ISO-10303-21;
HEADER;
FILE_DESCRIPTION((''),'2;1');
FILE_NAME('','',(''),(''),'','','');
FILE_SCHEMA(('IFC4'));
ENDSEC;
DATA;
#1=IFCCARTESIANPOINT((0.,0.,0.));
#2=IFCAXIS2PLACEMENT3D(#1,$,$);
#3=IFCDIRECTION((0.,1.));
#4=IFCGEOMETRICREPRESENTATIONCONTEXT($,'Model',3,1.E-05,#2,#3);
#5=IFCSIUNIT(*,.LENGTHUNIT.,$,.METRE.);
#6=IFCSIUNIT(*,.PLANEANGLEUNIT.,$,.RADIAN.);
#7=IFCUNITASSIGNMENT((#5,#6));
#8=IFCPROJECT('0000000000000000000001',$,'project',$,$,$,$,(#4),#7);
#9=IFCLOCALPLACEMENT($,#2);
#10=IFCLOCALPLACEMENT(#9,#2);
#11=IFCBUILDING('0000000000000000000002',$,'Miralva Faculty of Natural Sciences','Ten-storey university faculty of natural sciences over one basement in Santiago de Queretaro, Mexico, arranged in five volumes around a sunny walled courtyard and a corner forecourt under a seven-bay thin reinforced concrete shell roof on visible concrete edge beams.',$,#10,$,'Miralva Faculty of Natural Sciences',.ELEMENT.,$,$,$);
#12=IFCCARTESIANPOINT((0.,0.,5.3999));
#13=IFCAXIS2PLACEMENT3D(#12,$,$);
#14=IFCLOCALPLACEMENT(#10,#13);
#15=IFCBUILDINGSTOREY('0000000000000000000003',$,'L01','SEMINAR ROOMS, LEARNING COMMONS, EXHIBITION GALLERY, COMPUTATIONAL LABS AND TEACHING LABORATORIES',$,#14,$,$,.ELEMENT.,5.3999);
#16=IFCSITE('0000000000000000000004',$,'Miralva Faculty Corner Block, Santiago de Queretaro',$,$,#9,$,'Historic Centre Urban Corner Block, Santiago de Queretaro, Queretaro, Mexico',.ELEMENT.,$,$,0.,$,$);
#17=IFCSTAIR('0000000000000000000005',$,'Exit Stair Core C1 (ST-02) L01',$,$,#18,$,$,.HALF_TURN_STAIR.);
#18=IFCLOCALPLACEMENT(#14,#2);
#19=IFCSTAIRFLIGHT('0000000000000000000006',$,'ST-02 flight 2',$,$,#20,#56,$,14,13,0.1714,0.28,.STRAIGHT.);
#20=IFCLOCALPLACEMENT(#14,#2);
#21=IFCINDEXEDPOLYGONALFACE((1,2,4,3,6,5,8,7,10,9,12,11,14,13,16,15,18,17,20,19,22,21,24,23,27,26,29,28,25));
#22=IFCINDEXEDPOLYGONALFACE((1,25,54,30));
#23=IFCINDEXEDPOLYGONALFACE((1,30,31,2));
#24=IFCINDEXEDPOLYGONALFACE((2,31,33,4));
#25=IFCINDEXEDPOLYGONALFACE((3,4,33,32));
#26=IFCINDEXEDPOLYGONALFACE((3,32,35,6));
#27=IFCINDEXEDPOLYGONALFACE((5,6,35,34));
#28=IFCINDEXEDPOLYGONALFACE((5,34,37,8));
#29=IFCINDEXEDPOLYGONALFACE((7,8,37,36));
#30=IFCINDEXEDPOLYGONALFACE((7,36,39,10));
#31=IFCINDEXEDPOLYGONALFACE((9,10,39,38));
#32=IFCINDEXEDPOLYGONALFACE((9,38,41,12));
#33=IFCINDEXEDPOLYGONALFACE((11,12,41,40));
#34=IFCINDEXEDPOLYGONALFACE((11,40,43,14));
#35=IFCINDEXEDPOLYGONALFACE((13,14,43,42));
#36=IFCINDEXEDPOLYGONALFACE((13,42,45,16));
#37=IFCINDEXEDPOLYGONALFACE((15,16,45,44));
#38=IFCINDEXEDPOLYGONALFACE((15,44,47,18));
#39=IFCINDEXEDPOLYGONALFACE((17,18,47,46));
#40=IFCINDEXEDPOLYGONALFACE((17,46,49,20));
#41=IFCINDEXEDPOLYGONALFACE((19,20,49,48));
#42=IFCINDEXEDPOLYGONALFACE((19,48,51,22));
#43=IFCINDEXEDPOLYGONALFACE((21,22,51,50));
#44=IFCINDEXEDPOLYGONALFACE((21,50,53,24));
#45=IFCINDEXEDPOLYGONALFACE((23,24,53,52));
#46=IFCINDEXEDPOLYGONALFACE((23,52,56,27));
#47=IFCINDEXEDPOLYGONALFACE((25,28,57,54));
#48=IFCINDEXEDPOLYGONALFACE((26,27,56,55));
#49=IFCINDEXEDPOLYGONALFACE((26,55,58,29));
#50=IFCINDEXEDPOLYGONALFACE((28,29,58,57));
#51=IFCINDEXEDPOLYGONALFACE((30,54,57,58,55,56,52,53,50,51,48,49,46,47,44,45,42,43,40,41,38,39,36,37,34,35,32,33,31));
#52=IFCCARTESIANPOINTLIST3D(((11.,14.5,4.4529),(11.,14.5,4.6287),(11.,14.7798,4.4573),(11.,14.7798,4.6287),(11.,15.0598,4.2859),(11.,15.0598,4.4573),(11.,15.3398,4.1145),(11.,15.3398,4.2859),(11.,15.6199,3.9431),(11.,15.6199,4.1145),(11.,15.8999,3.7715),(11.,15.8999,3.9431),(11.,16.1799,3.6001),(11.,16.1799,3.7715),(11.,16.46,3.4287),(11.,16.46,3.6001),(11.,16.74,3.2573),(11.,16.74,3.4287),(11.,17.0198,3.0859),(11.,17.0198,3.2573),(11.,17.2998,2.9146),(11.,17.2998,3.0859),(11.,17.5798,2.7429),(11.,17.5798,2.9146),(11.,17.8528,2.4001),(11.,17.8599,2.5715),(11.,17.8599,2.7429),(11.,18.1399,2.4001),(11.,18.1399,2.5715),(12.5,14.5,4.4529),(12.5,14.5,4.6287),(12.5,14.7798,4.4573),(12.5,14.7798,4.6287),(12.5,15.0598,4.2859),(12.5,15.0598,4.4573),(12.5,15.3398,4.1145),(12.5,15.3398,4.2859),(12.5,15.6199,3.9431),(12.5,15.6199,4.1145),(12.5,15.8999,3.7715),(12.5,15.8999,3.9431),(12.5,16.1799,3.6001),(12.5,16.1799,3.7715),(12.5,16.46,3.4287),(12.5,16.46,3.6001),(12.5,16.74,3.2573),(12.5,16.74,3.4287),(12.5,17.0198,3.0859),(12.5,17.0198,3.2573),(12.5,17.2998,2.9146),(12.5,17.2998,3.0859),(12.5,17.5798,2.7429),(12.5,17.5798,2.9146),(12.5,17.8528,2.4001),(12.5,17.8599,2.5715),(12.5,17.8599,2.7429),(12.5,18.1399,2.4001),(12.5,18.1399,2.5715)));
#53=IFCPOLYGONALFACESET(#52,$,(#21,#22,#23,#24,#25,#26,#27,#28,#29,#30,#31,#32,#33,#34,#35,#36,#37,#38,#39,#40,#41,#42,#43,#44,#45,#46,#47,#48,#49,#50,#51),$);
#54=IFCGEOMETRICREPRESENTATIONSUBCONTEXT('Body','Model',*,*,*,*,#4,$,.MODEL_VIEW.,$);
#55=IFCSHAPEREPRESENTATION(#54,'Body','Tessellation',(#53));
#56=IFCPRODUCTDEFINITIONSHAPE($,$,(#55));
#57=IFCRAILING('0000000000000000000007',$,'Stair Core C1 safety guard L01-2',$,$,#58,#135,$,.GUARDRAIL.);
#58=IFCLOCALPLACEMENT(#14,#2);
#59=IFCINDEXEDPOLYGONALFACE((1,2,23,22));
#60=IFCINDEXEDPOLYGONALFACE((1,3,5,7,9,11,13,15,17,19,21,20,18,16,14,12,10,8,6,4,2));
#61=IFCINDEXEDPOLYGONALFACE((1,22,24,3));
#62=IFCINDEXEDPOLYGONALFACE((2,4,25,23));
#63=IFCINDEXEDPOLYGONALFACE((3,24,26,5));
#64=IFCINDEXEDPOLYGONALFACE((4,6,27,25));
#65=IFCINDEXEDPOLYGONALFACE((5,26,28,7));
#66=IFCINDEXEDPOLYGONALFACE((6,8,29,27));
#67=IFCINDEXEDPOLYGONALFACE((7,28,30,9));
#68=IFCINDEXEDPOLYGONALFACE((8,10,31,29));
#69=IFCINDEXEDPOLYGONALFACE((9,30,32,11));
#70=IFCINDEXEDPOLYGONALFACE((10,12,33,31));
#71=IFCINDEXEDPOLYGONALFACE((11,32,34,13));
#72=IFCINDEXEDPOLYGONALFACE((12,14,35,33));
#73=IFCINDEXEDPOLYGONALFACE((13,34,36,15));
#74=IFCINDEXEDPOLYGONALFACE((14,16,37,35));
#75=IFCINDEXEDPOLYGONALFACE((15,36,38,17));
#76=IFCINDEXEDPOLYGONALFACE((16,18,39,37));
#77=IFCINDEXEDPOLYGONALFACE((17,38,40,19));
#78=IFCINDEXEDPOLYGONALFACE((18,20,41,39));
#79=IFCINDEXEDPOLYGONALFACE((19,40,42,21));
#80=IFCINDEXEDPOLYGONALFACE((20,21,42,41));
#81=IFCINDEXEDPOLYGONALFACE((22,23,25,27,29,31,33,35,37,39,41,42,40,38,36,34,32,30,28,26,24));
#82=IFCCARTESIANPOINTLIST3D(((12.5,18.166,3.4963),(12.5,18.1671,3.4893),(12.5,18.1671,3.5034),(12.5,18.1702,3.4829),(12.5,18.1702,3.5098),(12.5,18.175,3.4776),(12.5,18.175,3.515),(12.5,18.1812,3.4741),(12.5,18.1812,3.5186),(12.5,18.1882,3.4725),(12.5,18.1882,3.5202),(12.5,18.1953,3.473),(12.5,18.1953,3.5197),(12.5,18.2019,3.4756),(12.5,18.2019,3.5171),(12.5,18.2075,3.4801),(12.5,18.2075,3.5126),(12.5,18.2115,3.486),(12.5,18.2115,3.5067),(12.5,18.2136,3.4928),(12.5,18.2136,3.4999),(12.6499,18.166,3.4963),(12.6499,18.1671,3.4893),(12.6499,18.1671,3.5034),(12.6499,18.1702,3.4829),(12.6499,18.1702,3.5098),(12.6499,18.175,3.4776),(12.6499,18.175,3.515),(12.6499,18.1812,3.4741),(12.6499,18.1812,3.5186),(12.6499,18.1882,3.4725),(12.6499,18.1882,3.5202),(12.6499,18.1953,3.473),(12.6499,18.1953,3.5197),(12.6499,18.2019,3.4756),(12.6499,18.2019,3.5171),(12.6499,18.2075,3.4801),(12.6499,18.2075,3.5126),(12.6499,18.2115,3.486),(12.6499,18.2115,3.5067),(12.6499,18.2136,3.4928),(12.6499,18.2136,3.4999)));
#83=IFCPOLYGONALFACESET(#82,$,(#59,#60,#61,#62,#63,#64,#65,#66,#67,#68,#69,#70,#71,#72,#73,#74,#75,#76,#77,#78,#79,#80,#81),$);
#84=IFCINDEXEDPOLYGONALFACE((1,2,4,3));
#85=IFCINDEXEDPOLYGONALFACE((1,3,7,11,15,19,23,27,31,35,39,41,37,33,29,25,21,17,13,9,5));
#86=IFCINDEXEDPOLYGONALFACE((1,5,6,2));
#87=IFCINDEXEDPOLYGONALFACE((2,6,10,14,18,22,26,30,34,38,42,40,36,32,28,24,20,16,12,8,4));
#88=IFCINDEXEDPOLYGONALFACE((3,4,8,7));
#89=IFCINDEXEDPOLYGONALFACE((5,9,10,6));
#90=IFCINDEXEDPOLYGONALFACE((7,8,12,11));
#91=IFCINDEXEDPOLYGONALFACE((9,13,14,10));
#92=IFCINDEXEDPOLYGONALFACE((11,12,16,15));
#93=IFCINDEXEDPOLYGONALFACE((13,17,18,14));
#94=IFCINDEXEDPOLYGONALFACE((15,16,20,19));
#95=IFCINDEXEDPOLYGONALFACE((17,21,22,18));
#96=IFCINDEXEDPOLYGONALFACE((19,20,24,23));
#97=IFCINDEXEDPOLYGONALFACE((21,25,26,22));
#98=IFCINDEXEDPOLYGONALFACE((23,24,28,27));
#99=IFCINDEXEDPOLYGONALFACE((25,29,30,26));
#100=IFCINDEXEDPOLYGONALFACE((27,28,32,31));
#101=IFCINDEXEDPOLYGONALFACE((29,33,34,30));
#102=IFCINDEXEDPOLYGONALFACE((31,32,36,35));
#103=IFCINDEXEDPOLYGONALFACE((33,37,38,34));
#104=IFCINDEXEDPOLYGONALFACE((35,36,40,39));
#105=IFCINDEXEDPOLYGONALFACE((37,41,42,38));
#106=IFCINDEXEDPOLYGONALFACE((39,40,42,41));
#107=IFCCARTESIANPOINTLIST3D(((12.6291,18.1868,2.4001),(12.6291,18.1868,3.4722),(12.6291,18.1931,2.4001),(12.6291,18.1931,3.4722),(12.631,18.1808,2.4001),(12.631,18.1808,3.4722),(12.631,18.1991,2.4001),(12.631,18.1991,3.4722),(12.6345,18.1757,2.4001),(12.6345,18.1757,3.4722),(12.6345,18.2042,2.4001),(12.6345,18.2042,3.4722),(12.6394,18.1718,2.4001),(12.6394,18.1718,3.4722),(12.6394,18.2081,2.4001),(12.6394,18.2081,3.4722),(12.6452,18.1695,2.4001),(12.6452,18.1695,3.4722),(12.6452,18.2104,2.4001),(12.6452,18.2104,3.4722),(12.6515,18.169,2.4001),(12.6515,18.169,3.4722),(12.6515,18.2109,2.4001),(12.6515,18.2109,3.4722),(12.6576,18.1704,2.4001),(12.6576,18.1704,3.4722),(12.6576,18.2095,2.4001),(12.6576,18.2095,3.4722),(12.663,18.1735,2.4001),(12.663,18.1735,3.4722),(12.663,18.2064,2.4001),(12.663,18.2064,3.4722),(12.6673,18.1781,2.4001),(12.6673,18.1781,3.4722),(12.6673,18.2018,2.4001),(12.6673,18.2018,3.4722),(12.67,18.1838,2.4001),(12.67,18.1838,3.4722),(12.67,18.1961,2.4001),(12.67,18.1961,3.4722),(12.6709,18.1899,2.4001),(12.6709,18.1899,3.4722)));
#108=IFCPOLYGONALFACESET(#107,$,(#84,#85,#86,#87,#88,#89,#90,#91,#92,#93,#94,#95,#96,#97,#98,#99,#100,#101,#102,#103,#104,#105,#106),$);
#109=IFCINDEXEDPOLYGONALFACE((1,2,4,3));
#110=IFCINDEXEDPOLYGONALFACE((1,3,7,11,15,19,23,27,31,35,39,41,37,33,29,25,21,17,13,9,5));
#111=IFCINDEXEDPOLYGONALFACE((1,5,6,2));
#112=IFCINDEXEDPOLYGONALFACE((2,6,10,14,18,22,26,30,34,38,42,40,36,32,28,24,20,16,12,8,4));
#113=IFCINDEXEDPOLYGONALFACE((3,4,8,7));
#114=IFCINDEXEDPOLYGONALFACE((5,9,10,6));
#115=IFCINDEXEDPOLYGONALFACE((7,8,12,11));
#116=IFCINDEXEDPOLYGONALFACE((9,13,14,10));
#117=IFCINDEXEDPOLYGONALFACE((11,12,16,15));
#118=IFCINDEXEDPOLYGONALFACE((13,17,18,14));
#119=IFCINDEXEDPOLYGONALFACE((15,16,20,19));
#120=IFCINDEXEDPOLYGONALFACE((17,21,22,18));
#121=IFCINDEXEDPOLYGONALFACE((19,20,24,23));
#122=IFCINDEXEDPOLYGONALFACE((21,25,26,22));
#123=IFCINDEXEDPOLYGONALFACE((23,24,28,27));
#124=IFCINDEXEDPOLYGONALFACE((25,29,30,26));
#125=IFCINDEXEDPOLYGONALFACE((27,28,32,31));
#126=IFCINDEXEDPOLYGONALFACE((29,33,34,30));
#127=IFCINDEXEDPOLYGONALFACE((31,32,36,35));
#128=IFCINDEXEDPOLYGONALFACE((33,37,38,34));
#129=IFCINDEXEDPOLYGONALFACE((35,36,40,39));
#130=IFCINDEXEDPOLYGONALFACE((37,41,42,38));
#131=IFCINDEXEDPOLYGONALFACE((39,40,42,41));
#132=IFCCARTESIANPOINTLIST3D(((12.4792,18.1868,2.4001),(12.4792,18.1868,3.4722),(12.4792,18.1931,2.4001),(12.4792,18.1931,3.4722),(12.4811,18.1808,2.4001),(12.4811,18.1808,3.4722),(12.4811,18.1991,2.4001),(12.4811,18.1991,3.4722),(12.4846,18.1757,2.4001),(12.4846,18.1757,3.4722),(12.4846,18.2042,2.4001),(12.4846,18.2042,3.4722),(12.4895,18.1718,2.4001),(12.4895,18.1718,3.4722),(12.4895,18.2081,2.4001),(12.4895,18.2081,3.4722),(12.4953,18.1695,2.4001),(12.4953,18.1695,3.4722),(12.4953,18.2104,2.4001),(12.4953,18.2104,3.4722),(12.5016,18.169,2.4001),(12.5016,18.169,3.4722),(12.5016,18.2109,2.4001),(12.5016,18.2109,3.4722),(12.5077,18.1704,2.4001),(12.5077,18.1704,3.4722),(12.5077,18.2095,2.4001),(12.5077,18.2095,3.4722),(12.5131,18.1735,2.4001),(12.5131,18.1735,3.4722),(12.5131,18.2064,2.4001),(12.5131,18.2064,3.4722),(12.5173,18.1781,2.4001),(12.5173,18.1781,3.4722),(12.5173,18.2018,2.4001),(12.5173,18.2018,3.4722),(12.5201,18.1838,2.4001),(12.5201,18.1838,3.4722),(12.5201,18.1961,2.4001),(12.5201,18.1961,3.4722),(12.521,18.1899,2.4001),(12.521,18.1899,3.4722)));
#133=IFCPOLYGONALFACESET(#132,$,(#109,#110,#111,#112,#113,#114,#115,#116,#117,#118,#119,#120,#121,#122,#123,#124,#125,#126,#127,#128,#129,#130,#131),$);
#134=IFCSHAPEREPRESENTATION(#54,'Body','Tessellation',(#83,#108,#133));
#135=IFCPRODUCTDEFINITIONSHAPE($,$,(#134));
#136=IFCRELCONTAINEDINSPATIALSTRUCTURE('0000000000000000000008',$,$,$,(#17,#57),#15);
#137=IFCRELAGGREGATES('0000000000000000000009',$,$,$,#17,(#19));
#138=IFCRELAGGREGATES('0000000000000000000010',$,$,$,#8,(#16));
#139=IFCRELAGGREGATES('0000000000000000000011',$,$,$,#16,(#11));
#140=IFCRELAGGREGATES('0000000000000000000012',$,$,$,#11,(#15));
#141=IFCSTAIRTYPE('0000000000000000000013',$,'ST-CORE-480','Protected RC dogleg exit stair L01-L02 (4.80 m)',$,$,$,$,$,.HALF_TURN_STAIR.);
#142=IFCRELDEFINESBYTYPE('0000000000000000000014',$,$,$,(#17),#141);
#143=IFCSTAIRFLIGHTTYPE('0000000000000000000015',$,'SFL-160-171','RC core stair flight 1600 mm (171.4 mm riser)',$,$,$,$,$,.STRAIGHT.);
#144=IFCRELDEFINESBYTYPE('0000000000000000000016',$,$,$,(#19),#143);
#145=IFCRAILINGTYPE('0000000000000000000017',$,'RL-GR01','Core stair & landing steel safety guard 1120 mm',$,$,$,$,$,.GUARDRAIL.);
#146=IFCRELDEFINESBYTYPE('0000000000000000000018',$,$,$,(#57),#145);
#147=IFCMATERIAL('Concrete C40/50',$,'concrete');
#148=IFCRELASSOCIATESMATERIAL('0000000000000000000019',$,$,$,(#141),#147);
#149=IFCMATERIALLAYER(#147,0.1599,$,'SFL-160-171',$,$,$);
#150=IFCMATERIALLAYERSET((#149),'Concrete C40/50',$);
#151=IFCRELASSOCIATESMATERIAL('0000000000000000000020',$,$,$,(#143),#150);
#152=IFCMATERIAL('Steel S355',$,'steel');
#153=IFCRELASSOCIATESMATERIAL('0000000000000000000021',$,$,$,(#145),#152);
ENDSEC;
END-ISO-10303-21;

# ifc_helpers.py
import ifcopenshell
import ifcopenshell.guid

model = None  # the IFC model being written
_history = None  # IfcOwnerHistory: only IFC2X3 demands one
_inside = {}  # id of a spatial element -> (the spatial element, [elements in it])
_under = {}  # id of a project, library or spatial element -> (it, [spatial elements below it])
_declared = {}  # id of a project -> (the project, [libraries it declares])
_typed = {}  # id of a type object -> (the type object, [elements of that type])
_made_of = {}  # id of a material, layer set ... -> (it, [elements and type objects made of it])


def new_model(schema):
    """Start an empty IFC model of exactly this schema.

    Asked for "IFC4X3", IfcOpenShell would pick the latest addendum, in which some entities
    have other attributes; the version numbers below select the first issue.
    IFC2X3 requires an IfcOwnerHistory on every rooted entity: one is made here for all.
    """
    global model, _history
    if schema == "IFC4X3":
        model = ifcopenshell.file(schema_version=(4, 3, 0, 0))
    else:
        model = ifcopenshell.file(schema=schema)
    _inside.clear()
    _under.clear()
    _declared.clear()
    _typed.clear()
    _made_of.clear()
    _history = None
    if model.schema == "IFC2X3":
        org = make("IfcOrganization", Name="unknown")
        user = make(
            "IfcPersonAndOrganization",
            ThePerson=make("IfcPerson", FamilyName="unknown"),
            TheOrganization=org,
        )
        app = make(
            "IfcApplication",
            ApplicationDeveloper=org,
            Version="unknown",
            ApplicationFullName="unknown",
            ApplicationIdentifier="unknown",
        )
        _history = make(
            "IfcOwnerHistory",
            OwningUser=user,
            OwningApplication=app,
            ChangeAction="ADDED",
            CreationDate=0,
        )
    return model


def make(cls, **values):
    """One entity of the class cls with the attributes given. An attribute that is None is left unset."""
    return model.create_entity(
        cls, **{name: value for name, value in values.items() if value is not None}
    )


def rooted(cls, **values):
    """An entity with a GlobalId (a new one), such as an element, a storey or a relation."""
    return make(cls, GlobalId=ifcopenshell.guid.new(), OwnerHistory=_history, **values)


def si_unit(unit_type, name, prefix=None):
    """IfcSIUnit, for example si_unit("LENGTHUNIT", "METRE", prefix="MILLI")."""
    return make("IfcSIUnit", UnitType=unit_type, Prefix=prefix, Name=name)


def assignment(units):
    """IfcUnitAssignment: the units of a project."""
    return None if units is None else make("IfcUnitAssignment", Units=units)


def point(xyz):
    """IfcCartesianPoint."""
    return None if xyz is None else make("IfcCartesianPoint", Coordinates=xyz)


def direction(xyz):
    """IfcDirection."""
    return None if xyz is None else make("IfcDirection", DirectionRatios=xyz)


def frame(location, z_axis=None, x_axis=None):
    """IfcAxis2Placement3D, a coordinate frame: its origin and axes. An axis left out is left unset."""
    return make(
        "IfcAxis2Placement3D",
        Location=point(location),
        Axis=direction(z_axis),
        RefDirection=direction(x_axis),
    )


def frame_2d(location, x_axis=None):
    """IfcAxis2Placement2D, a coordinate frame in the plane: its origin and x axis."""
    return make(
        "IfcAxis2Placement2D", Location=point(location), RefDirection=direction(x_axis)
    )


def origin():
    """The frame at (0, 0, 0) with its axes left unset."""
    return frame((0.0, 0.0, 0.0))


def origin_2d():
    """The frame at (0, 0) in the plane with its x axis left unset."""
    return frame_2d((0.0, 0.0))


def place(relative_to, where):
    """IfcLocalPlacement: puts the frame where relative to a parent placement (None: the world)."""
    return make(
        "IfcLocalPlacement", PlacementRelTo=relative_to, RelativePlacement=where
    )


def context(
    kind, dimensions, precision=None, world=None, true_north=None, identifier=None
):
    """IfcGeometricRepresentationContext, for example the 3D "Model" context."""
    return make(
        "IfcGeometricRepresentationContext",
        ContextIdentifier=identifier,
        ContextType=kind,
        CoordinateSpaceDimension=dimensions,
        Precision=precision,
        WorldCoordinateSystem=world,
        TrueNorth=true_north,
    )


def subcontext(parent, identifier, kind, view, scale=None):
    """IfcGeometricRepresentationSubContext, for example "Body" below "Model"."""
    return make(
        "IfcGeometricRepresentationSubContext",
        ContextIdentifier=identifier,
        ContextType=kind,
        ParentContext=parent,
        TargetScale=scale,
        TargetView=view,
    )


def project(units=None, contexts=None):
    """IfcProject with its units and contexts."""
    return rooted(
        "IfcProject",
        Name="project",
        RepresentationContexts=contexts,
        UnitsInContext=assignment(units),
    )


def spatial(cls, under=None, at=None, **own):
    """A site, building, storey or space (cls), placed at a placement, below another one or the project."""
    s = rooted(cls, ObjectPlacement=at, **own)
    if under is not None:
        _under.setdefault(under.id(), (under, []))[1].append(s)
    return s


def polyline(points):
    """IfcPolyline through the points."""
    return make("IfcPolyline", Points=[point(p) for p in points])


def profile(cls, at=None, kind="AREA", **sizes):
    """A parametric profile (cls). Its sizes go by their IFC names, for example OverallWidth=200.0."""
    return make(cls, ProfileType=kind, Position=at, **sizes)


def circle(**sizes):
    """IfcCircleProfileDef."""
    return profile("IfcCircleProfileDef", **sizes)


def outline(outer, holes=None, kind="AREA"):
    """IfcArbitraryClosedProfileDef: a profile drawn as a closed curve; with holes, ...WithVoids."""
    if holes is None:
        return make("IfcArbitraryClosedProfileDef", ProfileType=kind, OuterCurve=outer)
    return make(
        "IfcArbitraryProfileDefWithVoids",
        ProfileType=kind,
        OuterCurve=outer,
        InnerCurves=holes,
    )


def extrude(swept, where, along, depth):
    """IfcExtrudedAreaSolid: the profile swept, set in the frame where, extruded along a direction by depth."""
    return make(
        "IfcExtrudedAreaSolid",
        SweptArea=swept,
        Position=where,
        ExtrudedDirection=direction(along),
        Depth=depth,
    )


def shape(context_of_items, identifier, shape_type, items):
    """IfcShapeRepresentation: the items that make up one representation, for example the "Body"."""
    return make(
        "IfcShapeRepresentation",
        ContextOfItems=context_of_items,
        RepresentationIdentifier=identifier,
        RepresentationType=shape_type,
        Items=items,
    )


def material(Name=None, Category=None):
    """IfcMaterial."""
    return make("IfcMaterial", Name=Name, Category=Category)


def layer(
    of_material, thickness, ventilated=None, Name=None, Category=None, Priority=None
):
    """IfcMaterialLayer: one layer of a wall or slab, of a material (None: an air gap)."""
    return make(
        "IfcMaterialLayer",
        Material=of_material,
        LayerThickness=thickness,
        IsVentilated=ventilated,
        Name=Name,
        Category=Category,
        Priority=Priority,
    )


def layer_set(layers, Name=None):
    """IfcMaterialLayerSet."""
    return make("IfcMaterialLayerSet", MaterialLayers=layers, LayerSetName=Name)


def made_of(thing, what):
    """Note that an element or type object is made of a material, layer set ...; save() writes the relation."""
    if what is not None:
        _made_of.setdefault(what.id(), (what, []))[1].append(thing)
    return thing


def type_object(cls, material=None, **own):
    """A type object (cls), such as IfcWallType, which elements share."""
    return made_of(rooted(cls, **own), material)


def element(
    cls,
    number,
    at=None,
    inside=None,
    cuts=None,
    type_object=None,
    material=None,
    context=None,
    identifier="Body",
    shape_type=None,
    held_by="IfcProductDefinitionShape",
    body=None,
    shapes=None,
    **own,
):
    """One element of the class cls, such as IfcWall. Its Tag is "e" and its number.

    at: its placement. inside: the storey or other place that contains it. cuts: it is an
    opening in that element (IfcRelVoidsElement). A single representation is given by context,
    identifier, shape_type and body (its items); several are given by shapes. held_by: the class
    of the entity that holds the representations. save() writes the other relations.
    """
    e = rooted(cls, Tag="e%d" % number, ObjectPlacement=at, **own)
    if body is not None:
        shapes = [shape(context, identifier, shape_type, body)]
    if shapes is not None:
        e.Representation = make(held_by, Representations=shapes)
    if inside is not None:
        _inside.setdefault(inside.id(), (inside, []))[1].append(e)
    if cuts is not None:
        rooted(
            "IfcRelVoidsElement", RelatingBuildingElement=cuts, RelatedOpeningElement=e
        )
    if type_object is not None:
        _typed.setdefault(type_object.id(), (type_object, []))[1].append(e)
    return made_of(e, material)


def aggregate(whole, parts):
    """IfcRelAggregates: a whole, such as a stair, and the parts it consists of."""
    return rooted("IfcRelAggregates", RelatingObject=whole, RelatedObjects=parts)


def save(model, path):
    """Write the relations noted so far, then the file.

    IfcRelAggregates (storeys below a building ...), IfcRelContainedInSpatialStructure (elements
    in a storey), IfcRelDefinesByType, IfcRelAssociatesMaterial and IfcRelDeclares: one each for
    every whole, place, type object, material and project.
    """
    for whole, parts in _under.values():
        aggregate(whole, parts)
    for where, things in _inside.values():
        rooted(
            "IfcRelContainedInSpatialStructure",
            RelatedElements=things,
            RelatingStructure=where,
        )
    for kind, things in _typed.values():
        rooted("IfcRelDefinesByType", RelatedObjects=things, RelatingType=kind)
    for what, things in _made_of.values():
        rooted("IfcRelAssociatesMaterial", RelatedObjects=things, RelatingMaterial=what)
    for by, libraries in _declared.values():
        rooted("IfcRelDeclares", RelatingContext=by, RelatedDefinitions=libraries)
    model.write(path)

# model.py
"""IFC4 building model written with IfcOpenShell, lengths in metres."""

from ifc_helpers import new_model, si_unit, direction, frame, origin, origin_2d, place, context, subcontext, project, spatial, polyline, circle, outline, extrude, material, layer, layer_set, type_object, element, aggregate, save


model = new_model("IFC4")

# Units and contexts
model_context = context("Model", 3, precision=1e-05, world=origin(), true_north=direction((0.0, 1.0)))
body_context = subcontext(model_context, "Body", "Model", "MODEL_VIEW")
ifc_project = project(units=[si_unit("LENGTHUNIT", "METRE"), si_unit("PLANEANGLEUNIT", "RADIAN")], contexts=[model_context])

# Site, building, storey
site_placement = place(None, origin())
site = spatial("IfcSite", under=ifc_project, at=site_placement, Name="Miralva Faculty Corner Block, Santiago de Queretaro", LongName="Historic Centre Urban Corner Block, Santiago de Queretaro, Queretaro, Mexico", CompositionType="ELEMENT", RefElevation=0.0)
building_placement = place(site_placement, origin())
building = spatial("IfcBuilding", under=site, at=building_placement, Name="Miralva Faculty of Natural Sciences", Description="Ten-storey university faculty of natural sciences over one basement in Santiago de Queretaro, Mexico, arranged in five volumes around a sunny walled courtyard and a corner forecourt under a seven-bay thin reinforced concrete shell roof on visible concrete edge beams.", LongName="Miralva Faculty of Natural Sciences", CompositionType="ELEMENT")
storey_placement = place(building_placement, frame((0.0, 0.0, 5.3999)))
storey = spatial("IfcBuildingStorey", under=building, at=storey_placement, Name="L01", Description="SEMINAR ROOMS, LEARNING COMMONS, EXHIBITION GALLERY, COMPUTATIONAL LABS AND TEACHING LABORATORIES", CompositionType="ELEMENT", Elevation=5.3999)

# Shared definitions
ifc_material_1 = material(Name="Concrete C40/50", Category="concrete")

# Stair, stair flight
stair_type = type_object("IfcStairType", Name="ST-CORE-480", Description="Protected RC dogleg exit stair L01-L02 (4.80 m)", PredefinedType="HALF_TURN_STAIR", material=ifc_material_1)
stair_placement = place(storey_placement, origin())
stair = element("IfcStair", 1, at=stair_placement, inside=storey, type_object=stair_type, Name="Exit Stair Core C1 (ST-02) L01", PredefinedType="HALF_TURN_STAIR")
ifc_layer_1 = layer(ifc_material_1, 0.1599, Name="SFL-160-171")
ifc_layer_set_1 = layer_set([ifc_layer_1], Name="Concrete C40/50")
stair_flight_type = type_object("IfcStairFlightType", Name="SFL-160-171", Description="RC core stair flight 1600 mm (171.4 mm riser)", PredefinedType="STRAIGHT", material=ifc_layer_set_1)
stair_flight_placement = place(storey_placement, frame((11.75, 18.1399, 2.4001), z_axis=(0.0, 0.0, 1.0), x_axis=(0.0, -1.0, 0.0)))
stair_flight = element("IfcStairFlight", 2, at=stair_flight_placement, type_object=stair_flight_type, Name="ST-02 flight 2", NumberOfRisers=14, NumberOfTreads=13, PredefinedType="STRAIGHT", RiserHeight=0.1714, TreadLength=0.28, context=body_context, shape_type="SweptSolid", body=[
    extrude(outline(polyline([(0.0, 0.0), (0.0, 0.1714), (0.28, 0.1714), (0.28, 0.3428), (0.5601, 0.3428), (0.5601, 0.5144), (0.8401, 0.5144), (0.8401, 0.6858), (1.1201, 0.6858), (1.1201, 0.8572), (1.3999, 0.8572), (1.3999, 1.0286), (1.6799, 1.0286), (1.6799, 1.2), (1.96, 1.2), (1.96, 1.3713), (2.24, 1.3713), (2.24, 1.543), (2.52, 1.543), (2.52, 1.7144), (2.8, 1.7144), (2.8, 1.8857), (3.0801, 1.8857), (3.0801, 2.0571), (3.3601, 2.0571), (3.3601, 2.2285), (3.6399, 2.2285), (3.6399, 2.3999), (3.6399, 2.0527), (0.2871, 0.0), (0.0, 0.0)])), frame((0.0, 0.75, 0.0), z_axis=(0.0, -1.0, 0.0), x_axis=(1.0, 0.0, 0.0)), (0.0, 0.0, 1.0), 1.5),
])
aggregate(stair, [stair_flight])

# Railing
ifc_material_2 = material(Name="Steel S355", Category="steel")
railing_type_1 = type_object("IfcRailingType", Name="RL-GR01", Description="Core stair & landing steel safety guard 1120 mm", PredefinedType="GUARDRAIL", material=ifc_material_2)
railing_1_placement = place(storey_placement, frame((12.6499, 18.1899, 2.4001)))
element("IfcRailing", 3, at=railing_1_placement, inside=storey, type_object=railing_type_1, Name="Stair Core C1 safety guard L01-2", PredefinedType="GUARDRAIL", context=body_context, shape_type="SweptSolid", body=[
    extrude(circle(Radius=0.0239, at=origin_2d()), frame((0.0, 0.0, 1.0962), z_axis=(-1.0, 0.0, 0.0), x_axis=(0.0, -1.0, 0.0)), (0.0, 0.0, 1.0), 0.1499),
    extrude(circle(Radius=0.021, at=origin_2d()), origin(), (0.0, 0.0, 1.0), 1.072),
    extrude(circle(Radius=0.021, at=origin_2d()), frame((-0.1499, 0.0, 0.0)), (0.0, 0.0, 1.0), 1.072),
])

save(model, "model.ifc")
